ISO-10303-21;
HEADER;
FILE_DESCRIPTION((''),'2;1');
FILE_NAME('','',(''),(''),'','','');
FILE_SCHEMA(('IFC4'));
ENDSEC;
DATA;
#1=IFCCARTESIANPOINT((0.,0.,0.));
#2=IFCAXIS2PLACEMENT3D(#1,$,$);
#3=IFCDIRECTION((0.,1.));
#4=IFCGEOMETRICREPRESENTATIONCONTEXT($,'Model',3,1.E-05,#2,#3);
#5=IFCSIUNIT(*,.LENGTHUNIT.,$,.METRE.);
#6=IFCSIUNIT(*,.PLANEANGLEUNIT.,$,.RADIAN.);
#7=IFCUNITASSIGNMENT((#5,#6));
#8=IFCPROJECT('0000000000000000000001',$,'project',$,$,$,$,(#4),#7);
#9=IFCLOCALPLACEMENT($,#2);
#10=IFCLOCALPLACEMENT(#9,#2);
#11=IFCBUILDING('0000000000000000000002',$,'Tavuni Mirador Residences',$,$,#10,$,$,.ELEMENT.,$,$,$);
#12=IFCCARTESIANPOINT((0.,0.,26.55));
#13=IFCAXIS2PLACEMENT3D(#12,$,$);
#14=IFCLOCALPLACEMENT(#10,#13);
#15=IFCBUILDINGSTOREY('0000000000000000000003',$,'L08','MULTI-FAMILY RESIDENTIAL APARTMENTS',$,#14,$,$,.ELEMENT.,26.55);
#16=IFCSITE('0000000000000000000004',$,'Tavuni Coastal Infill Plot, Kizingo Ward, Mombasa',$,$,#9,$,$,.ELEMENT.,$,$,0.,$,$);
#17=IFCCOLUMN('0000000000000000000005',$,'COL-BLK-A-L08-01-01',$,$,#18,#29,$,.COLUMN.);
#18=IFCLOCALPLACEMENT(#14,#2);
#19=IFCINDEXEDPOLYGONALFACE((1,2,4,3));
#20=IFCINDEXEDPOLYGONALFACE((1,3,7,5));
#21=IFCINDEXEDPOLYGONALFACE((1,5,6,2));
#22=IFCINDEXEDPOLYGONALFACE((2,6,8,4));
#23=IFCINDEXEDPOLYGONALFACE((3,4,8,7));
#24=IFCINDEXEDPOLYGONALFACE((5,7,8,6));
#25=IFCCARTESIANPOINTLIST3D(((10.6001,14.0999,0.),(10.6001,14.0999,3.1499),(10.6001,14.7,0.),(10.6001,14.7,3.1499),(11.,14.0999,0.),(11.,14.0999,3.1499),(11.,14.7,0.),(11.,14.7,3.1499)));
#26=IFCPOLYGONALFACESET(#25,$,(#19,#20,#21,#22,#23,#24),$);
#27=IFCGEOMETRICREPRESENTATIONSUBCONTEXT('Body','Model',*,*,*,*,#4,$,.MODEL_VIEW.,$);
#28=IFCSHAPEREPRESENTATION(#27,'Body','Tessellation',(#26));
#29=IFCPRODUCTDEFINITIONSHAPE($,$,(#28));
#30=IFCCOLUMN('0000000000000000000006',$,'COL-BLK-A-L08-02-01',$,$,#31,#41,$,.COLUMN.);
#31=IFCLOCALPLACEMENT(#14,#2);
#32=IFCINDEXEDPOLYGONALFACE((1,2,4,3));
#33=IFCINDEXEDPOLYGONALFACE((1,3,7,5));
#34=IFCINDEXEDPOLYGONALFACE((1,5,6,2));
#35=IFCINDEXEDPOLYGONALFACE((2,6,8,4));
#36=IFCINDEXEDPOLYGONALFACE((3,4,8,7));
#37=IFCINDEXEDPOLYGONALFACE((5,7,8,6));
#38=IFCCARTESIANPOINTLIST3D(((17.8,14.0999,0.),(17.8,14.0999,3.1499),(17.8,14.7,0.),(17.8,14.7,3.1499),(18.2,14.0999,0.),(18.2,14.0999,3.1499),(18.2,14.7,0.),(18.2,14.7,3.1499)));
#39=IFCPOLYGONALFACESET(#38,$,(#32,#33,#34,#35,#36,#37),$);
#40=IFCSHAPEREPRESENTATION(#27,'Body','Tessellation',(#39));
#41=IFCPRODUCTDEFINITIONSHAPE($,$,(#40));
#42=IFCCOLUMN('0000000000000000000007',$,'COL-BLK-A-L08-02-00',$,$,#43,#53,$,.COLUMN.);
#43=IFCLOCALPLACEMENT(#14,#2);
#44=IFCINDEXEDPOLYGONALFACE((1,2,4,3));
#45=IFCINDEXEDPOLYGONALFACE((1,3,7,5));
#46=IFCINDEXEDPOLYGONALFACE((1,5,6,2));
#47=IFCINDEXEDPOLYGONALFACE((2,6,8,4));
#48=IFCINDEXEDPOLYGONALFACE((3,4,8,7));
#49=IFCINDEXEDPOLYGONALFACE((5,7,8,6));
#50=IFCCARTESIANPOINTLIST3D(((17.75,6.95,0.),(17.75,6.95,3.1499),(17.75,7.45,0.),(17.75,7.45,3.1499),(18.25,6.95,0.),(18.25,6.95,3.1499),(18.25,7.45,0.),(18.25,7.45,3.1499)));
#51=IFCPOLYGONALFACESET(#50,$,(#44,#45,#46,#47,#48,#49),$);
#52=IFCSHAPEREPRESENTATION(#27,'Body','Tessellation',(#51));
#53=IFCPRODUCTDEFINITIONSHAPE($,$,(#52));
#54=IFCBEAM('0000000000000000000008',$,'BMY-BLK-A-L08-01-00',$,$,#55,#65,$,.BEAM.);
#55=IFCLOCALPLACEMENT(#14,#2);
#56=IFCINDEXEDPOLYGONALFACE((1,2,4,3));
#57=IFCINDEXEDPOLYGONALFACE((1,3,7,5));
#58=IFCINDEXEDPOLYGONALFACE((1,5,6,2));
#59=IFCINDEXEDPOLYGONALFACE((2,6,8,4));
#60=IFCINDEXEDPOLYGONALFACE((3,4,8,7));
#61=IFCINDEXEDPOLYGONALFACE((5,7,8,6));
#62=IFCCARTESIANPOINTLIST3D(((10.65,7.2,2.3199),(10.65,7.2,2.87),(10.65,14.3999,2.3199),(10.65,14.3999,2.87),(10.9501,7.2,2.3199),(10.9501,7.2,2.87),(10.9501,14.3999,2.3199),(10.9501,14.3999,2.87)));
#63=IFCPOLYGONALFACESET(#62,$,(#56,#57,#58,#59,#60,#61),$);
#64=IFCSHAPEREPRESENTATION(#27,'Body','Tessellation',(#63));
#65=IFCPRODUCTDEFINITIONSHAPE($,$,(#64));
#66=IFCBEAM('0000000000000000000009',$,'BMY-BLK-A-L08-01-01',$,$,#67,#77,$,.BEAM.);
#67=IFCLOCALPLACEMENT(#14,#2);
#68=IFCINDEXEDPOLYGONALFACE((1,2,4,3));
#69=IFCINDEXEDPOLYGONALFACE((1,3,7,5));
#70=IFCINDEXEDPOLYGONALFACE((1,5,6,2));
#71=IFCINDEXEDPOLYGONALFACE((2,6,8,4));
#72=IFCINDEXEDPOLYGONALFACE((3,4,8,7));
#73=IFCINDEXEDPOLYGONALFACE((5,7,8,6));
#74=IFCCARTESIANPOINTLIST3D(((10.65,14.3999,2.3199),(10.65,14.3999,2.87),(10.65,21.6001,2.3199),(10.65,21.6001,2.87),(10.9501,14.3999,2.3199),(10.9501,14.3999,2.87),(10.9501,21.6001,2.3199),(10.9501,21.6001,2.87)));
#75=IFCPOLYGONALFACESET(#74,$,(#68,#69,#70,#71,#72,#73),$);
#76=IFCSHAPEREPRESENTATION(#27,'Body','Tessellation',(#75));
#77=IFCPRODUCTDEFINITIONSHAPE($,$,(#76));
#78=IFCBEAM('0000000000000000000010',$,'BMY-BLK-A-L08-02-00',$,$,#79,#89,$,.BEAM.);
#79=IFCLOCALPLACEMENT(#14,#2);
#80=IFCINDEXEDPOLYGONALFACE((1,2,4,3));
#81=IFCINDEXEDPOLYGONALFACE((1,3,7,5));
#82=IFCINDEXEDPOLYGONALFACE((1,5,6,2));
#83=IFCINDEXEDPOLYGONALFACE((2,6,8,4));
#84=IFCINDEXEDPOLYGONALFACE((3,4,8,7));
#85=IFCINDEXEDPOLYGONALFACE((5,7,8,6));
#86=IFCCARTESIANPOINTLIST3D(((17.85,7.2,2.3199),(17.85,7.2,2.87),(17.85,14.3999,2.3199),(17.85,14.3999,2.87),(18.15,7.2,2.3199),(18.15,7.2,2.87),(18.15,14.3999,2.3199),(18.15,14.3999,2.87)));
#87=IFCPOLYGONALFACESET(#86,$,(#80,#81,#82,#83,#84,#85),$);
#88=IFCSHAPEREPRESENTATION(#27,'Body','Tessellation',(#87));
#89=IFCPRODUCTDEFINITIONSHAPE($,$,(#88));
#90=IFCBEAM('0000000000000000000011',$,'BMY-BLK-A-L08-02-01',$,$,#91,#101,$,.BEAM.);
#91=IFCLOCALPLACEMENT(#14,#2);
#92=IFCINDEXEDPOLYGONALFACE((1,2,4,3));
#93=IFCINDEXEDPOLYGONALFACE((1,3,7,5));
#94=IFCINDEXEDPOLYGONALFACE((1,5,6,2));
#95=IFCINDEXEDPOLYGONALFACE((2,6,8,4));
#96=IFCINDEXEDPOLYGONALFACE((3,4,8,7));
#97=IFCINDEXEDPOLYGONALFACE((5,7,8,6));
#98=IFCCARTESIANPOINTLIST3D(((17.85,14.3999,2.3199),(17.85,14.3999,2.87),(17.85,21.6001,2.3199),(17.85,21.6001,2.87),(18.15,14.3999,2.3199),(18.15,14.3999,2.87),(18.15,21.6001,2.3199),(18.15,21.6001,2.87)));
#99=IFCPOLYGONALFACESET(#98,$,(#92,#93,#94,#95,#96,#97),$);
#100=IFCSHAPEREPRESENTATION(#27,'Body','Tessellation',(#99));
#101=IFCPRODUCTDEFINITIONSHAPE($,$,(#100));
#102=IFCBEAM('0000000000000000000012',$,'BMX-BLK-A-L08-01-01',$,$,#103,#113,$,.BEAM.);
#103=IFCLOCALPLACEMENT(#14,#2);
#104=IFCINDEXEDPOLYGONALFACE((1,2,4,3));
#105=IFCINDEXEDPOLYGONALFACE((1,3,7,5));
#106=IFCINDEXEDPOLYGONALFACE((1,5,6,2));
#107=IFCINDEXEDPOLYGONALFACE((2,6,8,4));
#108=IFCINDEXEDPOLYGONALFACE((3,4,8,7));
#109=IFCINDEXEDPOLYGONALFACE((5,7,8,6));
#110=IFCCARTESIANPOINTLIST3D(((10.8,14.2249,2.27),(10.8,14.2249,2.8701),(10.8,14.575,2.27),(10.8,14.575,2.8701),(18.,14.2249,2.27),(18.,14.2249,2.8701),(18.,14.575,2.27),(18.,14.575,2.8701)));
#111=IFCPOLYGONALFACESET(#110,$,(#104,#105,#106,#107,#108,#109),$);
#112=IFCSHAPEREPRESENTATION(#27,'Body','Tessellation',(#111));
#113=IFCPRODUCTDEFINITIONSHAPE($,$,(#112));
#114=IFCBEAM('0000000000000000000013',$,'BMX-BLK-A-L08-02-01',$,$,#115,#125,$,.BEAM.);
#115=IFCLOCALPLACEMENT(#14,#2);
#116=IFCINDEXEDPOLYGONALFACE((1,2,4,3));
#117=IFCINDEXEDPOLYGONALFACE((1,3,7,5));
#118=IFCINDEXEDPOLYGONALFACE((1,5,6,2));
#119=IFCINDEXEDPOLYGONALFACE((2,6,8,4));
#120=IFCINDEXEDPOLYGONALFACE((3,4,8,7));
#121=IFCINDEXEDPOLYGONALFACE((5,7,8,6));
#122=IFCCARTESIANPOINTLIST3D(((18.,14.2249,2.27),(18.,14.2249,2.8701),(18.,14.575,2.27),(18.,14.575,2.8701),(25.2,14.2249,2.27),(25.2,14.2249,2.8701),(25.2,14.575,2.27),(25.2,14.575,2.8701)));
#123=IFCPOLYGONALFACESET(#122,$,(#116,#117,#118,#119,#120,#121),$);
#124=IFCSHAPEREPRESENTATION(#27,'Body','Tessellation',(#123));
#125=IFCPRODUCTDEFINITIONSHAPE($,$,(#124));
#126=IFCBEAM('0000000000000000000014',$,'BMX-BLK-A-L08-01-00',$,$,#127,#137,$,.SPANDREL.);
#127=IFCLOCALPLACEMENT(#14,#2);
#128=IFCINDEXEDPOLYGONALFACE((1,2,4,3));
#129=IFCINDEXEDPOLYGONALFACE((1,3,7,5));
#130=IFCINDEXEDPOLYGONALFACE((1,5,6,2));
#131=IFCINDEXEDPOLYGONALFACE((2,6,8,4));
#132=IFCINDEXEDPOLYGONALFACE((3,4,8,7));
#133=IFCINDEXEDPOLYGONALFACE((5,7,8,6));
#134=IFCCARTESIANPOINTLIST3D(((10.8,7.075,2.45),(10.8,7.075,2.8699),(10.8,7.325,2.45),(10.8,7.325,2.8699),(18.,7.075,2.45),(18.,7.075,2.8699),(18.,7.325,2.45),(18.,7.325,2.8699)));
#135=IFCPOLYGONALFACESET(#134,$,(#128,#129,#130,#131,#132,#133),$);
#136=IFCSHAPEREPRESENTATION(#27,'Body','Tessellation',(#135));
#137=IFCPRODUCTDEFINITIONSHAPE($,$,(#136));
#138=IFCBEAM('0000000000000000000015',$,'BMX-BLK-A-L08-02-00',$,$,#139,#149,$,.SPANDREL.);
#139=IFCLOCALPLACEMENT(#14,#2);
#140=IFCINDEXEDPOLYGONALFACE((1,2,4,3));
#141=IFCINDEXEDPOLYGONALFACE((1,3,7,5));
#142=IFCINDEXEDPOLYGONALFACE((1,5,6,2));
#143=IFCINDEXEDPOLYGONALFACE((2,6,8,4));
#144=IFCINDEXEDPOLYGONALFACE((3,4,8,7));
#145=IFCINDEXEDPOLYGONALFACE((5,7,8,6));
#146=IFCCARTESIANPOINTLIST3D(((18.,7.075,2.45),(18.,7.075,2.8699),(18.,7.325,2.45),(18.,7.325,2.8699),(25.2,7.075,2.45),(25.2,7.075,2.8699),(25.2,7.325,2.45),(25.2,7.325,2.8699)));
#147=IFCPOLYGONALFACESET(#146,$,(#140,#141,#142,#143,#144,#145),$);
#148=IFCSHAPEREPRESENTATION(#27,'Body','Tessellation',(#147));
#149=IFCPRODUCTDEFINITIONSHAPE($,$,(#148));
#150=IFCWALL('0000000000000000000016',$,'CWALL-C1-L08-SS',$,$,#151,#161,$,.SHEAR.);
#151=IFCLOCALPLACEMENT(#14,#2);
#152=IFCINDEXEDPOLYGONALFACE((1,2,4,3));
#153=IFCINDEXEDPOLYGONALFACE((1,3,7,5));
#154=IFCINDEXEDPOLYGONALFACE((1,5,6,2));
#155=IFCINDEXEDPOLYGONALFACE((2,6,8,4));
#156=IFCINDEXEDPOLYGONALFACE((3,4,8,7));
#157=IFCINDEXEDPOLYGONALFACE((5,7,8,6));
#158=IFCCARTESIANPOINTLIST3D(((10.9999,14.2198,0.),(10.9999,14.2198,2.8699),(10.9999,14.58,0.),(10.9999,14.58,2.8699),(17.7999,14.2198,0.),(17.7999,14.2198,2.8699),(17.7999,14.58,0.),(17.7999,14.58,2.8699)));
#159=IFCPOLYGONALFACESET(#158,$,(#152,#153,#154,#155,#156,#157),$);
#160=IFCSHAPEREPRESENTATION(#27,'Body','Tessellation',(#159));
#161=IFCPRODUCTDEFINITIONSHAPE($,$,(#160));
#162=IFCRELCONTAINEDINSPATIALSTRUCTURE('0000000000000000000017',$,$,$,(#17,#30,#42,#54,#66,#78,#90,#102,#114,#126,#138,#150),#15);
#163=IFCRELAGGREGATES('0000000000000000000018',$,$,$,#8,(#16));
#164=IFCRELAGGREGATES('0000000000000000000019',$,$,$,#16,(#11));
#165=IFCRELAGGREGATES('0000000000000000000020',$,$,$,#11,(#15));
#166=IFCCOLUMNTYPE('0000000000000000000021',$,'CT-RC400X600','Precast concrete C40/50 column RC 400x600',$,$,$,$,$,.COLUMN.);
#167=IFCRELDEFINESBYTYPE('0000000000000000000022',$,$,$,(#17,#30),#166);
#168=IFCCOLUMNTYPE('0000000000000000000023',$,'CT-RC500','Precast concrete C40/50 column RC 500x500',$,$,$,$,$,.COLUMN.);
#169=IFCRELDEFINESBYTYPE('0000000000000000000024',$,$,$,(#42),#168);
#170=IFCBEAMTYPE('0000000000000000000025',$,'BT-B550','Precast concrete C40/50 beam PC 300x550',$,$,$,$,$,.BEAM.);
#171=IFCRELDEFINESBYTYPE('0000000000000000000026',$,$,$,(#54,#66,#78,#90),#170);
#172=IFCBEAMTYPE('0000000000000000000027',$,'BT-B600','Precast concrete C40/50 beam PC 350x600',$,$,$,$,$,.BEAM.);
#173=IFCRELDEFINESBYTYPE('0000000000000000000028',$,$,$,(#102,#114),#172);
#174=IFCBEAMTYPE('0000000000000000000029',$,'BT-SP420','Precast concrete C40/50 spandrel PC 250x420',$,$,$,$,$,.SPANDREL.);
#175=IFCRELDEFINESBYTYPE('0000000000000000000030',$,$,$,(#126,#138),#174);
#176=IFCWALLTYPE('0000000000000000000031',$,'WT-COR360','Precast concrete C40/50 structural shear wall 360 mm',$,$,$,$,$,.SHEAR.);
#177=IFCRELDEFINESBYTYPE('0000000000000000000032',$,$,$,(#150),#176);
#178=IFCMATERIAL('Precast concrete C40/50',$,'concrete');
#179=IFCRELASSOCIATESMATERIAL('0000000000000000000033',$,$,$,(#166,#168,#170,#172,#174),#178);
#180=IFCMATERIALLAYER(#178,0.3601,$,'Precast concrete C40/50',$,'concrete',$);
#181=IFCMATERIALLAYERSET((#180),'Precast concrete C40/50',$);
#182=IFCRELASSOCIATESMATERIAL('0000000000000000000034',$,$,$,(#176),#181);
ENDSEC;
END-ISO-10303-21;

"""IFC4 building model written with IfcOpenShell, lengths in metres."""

from ifc_helpers import new_model, si_unit, direction, frame, frame_2d, origin, origin_2d, place, context, subcontext, project, spatial, rectangle, extrude, material, layer, layer_set, material_profile, profile_set, type_object, element, save


model = new_model("IFC4")

# Units and contexts
model_context = context("Model", 3, precision=1e-05, world=origin(), true_north=direction((0.0, 1.0)))
body_context = subcontext(model_context, "Body", "Model", "MODEL_VIEW")
ifc_project = project(units=[si_unit("LENGTHUNIT", "METRE"), si_unit("PLANEANGLEUNIT", "RADIAN")], contexts=[model_context])

# Site, building, storey
site_placement = place(None, origin())
site = spatial("IfcSite", under=ifc_project, at=site_placement, Name="Tavuni Coastal Infill Plot, Kizingo Ward, Mombasa", CompositionType="ELEMENT", RefElevation=0.0)
building_placement = place(site_placement, origin())
building = spatial("IfcBuilding", under=site, at=building_placement, Name="Tavuni Mirador Residences", CompositionType="ELEMENT")
storey_placement = place(building_placement, frame((0.0, 0.0, 26.55)))
storey = spatial("IfcBuildingStorey", under=building, at=storey_placement, Name="L08", Description="MULTI-FAMILY RESIDENTIAL APARTMENTS", CompositionType="ELEMENT", Elevation=26.55)

# Columns
ifc_material_1 = material(Name="Precast concrete C40/50", Category="concrete")
ifc_material_profile_1 = material_profile(ifc_material_1, rectangle(XDim=0.3999, YDim=0.6001, at=origin_2d()), Name="RC 400x600", Category="concrete")
ifc_profile_set_1 = profile_set([ifc_material_profile_1], Name="Precast concrete C40/50")
column_type_1 = type_object("IfcColumnType", Name="CT-RC400X600", Description="Precast concrete C40/50 column RC 400x600", PredefinedType="COLUMN", material=ifc_profile_set_1)
for number, where, z_axis, x_axis, name in (
    (1, (10.8, 14.3999, 0.0), (0.0, 0.0, 1.0), (1.0, 0.0, 0.0), "COL-BLK-A-L08-01-01"),
    (2, (18.0, 14.3999, 0.0), (0.0, 0.0, 1.0), (1.0, 0.0, 0.0), "COL-BLK-A-L08-02-01"),
):
    element("IfcColumn", number, at=place(storey_placement, frame(where, z_axis=z_axis, x_axis=x_axis)), inside=storey, type_object=column_type_1, Name=name, PredefinedType="COLUMN", context=body_context, shape_type="SweptSolid", body=[
        extrude(rectangle(XDim=0.3999, YDim=0.6001, at=origin_2d()), origin(), (0.0, 0.0, 1.0), 3.1499),
    ])
ifc_material_profile_2 = material_profile(ifc_material_1, rectangle(XDim=0.5, YDim=0.5, at=origin_2d()), Name="RC 500x500", Category="concrete")
ifc_profile_set_2 = profile_set([ifc_material_profile_2], Name="Precast concrete C40/50")
column_type_2 = type_object("IfcColumnType", Name="CT-RC500", Description="Precast concrete C40/50 column RC 500x500", PredefinedType="COLUMN", material=ifc_profile_set_2)
column_placement = place(storey_placement, frame((18.0, 7.2, 0.0), z_axis=(0.0, 0.0, 1.0), x_axis=(1.0, 0.0, 0.0)))
element("IfcColumn", 3, at=column_placement, inside=storey, type_object=column_type_2, Name="COL-BLK-A-L08-02-00", PredefinedType="COLUMN", context=body_context, shape_type="SweptSolid", body=[
    extrude(rectangle(XDim=0.5, YDim=0.5, at=origin_2d()), origin(), (0.0, 0.0, 1.0), 3.1499),
])

# Beams
ifc_material_profile_3 = material_profile(ifc_material_1, rectangle(XDim=0.3, YDim=0.55, at=origin_2d()), Name="PC 300x550", Category="concrete")
ifc_profile_set_3 = profile_set([ifc_material_profile_3], Name="Precast concrete C40/50")
beam_type_1 = type_object("IfcBeamType", Name="BT-B550", Description="Precast concrete C40/50 beam PC 300x550", PredefinedType="BEAM", material=ifc_profile_set_3)
beam_1_placement = place(storey_placement, frame((10.8, 7.2, 2.595), z_axis=(0.0, 1.0, 0.0), x_axis=(-1.0, 0.0, 0.0)))
element("IfcBeam", 4, at=beam_1_placement, inside=storey, type_object=beam_type_1, Name="BMY-BLK-A-L08-01-00", PredefinedType="BEAM", context=body_context, shape_type="SweptSolid", body=[
    extrude(rectangle(XDim=0.3, YDim=0.55, at=origin_2d()), origin(), (0.0, 0.0, 1.0), 7.2),
])
beam_2_placement = place(storey_placement, frame((10.8, 14.3999, 2.595), z_axis=(0.0, 1.0, 0.0), x_axis=(-1.0, 0.0, 0.0)))
element("IfcBeam", 5, at=beam_2_placement, inside=storey, type_object=beam_type_1, Name="BMY-BLK-A-L08-01-01", PredefinedType="BEAM", context=body_context, shape_type="SweptSolid", body=[
    extrude(rectangle(XDim=0.3, YDim=0.55, at=origin_2d()), origin(), (0.0, 0.0, 1.0), 7.2002),
])
beam_3_placement = place(storey_placement, frame((18.0, 7.2, 2.595), z_axis=(0.0, 1.0, 0.0), x_axis=(-1.0, 0.0, 0.0)))
element("IfcBeam", 6, at=beam_3_placement, inside=storey, type_object=beam_type_1, Name="BMY-BLK-A-L08-02-00", PredefinedType="BEAM", context=body_context, shape_type="SweptSolid", body=[
    extrude(rectangle(XDim=0.3, YDim=0.55, at=origin_2d()), origin(), (0.0, 0.0, 1.0), 7.2),
])
beam_4_placement = place(storey_placement, frame((18.0, 14.3999, 2.595), z_axis=(0.0, 1.0, 0.0), x_axis=(-1.0, 0.0, 0.0)))
element("IfcBeam", 7, at=beam_4_placement, inside=storey, type_object=beam_type_1, Name="BMY-BLK-A-L08-02-01", PredefinedType="BEAM", context=body_context, shape_type="SweptSolid", body=[
    extrude(rectangle(XDim=0.3, YDim=0.55, at=origin_2d()), origin(), (0.0, 0.0, 1.0), 7.2002),
])
ifc_material_profile_4 = material_profile(ifc_material_1, rectangle(XDim=0.3501, YDim=0.6001, at=origin_2d()), Name="PC 350x600", Category="concrete")
ifc_profile_set_4 = profile_set([ifc_material_profile_4], Name="Precast concrete C40/50")
beam_type_2 = type_object("IfcBeamType", Name="BT-B600", Description="Precast concrete C40/50 beam PC 350x600", PredefinedType="BEAM", material=ifc_profile_set_4)
for number, where, z_axis, x_axis, name in (
    (8, (10.8, 14.3999, 2.5701), (1.0, 0.0, 0.0), (0.0, 1.0, 0.0), "BMX-BLK-A-L08-01-01"),
    (9, (18.0, 14.3999, 2.5701), (1.0, 0.0, 0.0), (0.0, 1.0, 0.0), "BMX-BLK-A-L08-02-01"),
):
    element("IfcBeam", number, at=place(storey_placement, frame(where, z_axis=z_axis, x_axis=x_axis)), inside=storey, type_object=beam_type_2, Name=name, PredefinedType="BEAM", context=body_context, shape_type="SweptSolid", body=[
        extrude(rectangle(XDim=0.3501, YDim=0.6001, at=origin_2d()), origin(), (0.0, 0.0, 1.0), 7.2),
    ])
ifc_material_profile_5 = material_profile(ifc_material_1, rectangle(XDim=0.25, YDim=0.4199, at=origin_2d()), Name="PC 250x420", Category="concrete")
ifc_profile_set_5 = profile_set([ifc_material_profile_5], Name="Precast concrete C40/50")
beam_type_3 = type_object("IfcBeamType", Name="BT-SP420", Description="Precast concrete C40/50 spandrel PC 250x420", PredefinedType="SPANDREL", material=ifc_profile_set_5)
for number, where, z_axis, x_axis, name in (
    (10, (10.8, 7.2, 2.6599), (1.0, 0.0, 0.0), (0.0, 1.0, 0.0), "BMX-BLK-A-L08-01-00"),
    (11, (18.0, 7.2, 2.6599), (1.0, 0.0, 0.0), (0.0, 1.0, 0.0), "BMX-BLK-A-L08-02-00"),
):
    element("IfcBeam", number, at=place(storey_placement, frame(where, z_axis=z_axis, x_axis=x_axis)), inside=storey, type_object=beam_type_3, Name=name, PredefinedType="SPANDREL", context=body_context, shape_type="SweptSolid", body=[
        extrude(rectangle(XDim=0.25, YDim=0.4199, at=origin_2d()), origin(), (0.0, 0.0, 1.0), 7.2),
    ])

# Wall
ifc_layer_1 = layer(ifc_material_1, 0.3601, Name="Precast concrete C40/50", Category="concrete")
ifc_layer_set_1 = layer_set([ifc_layer_1], Name="Precast concrete C40/50")
wall_type_1 = type_object("IfcWallType", Name="WT-COR360", Description="Precast concrete C40/50 structural shear wall 360 mm", PredefinedType="SHEAR", material=ifc_layer_set_1)
wall_1_placement = place(storey_placement, frame((11.0, 14.3999, 0.0), z_axis=(0.0, 0.0, 1.0), x_axis=(1.0, 0.0, 0.0)))
element("IfcWall", 12, at=wall_1_placement, inside=storey, type_object=wall_type_1, Name="CWALL-C1-L08-SS", PredefinedType="SHEAR", context=body_context, shape_type="SweptSolid", body=[
    extrude(rectangle(XDim=6.8, YDim=0.3601, at=frame_2d((3.3999, 0.0))), origin(), (0.0, 0.0, 1.0), 2.8699),
])

save(model, "model.ifc")
